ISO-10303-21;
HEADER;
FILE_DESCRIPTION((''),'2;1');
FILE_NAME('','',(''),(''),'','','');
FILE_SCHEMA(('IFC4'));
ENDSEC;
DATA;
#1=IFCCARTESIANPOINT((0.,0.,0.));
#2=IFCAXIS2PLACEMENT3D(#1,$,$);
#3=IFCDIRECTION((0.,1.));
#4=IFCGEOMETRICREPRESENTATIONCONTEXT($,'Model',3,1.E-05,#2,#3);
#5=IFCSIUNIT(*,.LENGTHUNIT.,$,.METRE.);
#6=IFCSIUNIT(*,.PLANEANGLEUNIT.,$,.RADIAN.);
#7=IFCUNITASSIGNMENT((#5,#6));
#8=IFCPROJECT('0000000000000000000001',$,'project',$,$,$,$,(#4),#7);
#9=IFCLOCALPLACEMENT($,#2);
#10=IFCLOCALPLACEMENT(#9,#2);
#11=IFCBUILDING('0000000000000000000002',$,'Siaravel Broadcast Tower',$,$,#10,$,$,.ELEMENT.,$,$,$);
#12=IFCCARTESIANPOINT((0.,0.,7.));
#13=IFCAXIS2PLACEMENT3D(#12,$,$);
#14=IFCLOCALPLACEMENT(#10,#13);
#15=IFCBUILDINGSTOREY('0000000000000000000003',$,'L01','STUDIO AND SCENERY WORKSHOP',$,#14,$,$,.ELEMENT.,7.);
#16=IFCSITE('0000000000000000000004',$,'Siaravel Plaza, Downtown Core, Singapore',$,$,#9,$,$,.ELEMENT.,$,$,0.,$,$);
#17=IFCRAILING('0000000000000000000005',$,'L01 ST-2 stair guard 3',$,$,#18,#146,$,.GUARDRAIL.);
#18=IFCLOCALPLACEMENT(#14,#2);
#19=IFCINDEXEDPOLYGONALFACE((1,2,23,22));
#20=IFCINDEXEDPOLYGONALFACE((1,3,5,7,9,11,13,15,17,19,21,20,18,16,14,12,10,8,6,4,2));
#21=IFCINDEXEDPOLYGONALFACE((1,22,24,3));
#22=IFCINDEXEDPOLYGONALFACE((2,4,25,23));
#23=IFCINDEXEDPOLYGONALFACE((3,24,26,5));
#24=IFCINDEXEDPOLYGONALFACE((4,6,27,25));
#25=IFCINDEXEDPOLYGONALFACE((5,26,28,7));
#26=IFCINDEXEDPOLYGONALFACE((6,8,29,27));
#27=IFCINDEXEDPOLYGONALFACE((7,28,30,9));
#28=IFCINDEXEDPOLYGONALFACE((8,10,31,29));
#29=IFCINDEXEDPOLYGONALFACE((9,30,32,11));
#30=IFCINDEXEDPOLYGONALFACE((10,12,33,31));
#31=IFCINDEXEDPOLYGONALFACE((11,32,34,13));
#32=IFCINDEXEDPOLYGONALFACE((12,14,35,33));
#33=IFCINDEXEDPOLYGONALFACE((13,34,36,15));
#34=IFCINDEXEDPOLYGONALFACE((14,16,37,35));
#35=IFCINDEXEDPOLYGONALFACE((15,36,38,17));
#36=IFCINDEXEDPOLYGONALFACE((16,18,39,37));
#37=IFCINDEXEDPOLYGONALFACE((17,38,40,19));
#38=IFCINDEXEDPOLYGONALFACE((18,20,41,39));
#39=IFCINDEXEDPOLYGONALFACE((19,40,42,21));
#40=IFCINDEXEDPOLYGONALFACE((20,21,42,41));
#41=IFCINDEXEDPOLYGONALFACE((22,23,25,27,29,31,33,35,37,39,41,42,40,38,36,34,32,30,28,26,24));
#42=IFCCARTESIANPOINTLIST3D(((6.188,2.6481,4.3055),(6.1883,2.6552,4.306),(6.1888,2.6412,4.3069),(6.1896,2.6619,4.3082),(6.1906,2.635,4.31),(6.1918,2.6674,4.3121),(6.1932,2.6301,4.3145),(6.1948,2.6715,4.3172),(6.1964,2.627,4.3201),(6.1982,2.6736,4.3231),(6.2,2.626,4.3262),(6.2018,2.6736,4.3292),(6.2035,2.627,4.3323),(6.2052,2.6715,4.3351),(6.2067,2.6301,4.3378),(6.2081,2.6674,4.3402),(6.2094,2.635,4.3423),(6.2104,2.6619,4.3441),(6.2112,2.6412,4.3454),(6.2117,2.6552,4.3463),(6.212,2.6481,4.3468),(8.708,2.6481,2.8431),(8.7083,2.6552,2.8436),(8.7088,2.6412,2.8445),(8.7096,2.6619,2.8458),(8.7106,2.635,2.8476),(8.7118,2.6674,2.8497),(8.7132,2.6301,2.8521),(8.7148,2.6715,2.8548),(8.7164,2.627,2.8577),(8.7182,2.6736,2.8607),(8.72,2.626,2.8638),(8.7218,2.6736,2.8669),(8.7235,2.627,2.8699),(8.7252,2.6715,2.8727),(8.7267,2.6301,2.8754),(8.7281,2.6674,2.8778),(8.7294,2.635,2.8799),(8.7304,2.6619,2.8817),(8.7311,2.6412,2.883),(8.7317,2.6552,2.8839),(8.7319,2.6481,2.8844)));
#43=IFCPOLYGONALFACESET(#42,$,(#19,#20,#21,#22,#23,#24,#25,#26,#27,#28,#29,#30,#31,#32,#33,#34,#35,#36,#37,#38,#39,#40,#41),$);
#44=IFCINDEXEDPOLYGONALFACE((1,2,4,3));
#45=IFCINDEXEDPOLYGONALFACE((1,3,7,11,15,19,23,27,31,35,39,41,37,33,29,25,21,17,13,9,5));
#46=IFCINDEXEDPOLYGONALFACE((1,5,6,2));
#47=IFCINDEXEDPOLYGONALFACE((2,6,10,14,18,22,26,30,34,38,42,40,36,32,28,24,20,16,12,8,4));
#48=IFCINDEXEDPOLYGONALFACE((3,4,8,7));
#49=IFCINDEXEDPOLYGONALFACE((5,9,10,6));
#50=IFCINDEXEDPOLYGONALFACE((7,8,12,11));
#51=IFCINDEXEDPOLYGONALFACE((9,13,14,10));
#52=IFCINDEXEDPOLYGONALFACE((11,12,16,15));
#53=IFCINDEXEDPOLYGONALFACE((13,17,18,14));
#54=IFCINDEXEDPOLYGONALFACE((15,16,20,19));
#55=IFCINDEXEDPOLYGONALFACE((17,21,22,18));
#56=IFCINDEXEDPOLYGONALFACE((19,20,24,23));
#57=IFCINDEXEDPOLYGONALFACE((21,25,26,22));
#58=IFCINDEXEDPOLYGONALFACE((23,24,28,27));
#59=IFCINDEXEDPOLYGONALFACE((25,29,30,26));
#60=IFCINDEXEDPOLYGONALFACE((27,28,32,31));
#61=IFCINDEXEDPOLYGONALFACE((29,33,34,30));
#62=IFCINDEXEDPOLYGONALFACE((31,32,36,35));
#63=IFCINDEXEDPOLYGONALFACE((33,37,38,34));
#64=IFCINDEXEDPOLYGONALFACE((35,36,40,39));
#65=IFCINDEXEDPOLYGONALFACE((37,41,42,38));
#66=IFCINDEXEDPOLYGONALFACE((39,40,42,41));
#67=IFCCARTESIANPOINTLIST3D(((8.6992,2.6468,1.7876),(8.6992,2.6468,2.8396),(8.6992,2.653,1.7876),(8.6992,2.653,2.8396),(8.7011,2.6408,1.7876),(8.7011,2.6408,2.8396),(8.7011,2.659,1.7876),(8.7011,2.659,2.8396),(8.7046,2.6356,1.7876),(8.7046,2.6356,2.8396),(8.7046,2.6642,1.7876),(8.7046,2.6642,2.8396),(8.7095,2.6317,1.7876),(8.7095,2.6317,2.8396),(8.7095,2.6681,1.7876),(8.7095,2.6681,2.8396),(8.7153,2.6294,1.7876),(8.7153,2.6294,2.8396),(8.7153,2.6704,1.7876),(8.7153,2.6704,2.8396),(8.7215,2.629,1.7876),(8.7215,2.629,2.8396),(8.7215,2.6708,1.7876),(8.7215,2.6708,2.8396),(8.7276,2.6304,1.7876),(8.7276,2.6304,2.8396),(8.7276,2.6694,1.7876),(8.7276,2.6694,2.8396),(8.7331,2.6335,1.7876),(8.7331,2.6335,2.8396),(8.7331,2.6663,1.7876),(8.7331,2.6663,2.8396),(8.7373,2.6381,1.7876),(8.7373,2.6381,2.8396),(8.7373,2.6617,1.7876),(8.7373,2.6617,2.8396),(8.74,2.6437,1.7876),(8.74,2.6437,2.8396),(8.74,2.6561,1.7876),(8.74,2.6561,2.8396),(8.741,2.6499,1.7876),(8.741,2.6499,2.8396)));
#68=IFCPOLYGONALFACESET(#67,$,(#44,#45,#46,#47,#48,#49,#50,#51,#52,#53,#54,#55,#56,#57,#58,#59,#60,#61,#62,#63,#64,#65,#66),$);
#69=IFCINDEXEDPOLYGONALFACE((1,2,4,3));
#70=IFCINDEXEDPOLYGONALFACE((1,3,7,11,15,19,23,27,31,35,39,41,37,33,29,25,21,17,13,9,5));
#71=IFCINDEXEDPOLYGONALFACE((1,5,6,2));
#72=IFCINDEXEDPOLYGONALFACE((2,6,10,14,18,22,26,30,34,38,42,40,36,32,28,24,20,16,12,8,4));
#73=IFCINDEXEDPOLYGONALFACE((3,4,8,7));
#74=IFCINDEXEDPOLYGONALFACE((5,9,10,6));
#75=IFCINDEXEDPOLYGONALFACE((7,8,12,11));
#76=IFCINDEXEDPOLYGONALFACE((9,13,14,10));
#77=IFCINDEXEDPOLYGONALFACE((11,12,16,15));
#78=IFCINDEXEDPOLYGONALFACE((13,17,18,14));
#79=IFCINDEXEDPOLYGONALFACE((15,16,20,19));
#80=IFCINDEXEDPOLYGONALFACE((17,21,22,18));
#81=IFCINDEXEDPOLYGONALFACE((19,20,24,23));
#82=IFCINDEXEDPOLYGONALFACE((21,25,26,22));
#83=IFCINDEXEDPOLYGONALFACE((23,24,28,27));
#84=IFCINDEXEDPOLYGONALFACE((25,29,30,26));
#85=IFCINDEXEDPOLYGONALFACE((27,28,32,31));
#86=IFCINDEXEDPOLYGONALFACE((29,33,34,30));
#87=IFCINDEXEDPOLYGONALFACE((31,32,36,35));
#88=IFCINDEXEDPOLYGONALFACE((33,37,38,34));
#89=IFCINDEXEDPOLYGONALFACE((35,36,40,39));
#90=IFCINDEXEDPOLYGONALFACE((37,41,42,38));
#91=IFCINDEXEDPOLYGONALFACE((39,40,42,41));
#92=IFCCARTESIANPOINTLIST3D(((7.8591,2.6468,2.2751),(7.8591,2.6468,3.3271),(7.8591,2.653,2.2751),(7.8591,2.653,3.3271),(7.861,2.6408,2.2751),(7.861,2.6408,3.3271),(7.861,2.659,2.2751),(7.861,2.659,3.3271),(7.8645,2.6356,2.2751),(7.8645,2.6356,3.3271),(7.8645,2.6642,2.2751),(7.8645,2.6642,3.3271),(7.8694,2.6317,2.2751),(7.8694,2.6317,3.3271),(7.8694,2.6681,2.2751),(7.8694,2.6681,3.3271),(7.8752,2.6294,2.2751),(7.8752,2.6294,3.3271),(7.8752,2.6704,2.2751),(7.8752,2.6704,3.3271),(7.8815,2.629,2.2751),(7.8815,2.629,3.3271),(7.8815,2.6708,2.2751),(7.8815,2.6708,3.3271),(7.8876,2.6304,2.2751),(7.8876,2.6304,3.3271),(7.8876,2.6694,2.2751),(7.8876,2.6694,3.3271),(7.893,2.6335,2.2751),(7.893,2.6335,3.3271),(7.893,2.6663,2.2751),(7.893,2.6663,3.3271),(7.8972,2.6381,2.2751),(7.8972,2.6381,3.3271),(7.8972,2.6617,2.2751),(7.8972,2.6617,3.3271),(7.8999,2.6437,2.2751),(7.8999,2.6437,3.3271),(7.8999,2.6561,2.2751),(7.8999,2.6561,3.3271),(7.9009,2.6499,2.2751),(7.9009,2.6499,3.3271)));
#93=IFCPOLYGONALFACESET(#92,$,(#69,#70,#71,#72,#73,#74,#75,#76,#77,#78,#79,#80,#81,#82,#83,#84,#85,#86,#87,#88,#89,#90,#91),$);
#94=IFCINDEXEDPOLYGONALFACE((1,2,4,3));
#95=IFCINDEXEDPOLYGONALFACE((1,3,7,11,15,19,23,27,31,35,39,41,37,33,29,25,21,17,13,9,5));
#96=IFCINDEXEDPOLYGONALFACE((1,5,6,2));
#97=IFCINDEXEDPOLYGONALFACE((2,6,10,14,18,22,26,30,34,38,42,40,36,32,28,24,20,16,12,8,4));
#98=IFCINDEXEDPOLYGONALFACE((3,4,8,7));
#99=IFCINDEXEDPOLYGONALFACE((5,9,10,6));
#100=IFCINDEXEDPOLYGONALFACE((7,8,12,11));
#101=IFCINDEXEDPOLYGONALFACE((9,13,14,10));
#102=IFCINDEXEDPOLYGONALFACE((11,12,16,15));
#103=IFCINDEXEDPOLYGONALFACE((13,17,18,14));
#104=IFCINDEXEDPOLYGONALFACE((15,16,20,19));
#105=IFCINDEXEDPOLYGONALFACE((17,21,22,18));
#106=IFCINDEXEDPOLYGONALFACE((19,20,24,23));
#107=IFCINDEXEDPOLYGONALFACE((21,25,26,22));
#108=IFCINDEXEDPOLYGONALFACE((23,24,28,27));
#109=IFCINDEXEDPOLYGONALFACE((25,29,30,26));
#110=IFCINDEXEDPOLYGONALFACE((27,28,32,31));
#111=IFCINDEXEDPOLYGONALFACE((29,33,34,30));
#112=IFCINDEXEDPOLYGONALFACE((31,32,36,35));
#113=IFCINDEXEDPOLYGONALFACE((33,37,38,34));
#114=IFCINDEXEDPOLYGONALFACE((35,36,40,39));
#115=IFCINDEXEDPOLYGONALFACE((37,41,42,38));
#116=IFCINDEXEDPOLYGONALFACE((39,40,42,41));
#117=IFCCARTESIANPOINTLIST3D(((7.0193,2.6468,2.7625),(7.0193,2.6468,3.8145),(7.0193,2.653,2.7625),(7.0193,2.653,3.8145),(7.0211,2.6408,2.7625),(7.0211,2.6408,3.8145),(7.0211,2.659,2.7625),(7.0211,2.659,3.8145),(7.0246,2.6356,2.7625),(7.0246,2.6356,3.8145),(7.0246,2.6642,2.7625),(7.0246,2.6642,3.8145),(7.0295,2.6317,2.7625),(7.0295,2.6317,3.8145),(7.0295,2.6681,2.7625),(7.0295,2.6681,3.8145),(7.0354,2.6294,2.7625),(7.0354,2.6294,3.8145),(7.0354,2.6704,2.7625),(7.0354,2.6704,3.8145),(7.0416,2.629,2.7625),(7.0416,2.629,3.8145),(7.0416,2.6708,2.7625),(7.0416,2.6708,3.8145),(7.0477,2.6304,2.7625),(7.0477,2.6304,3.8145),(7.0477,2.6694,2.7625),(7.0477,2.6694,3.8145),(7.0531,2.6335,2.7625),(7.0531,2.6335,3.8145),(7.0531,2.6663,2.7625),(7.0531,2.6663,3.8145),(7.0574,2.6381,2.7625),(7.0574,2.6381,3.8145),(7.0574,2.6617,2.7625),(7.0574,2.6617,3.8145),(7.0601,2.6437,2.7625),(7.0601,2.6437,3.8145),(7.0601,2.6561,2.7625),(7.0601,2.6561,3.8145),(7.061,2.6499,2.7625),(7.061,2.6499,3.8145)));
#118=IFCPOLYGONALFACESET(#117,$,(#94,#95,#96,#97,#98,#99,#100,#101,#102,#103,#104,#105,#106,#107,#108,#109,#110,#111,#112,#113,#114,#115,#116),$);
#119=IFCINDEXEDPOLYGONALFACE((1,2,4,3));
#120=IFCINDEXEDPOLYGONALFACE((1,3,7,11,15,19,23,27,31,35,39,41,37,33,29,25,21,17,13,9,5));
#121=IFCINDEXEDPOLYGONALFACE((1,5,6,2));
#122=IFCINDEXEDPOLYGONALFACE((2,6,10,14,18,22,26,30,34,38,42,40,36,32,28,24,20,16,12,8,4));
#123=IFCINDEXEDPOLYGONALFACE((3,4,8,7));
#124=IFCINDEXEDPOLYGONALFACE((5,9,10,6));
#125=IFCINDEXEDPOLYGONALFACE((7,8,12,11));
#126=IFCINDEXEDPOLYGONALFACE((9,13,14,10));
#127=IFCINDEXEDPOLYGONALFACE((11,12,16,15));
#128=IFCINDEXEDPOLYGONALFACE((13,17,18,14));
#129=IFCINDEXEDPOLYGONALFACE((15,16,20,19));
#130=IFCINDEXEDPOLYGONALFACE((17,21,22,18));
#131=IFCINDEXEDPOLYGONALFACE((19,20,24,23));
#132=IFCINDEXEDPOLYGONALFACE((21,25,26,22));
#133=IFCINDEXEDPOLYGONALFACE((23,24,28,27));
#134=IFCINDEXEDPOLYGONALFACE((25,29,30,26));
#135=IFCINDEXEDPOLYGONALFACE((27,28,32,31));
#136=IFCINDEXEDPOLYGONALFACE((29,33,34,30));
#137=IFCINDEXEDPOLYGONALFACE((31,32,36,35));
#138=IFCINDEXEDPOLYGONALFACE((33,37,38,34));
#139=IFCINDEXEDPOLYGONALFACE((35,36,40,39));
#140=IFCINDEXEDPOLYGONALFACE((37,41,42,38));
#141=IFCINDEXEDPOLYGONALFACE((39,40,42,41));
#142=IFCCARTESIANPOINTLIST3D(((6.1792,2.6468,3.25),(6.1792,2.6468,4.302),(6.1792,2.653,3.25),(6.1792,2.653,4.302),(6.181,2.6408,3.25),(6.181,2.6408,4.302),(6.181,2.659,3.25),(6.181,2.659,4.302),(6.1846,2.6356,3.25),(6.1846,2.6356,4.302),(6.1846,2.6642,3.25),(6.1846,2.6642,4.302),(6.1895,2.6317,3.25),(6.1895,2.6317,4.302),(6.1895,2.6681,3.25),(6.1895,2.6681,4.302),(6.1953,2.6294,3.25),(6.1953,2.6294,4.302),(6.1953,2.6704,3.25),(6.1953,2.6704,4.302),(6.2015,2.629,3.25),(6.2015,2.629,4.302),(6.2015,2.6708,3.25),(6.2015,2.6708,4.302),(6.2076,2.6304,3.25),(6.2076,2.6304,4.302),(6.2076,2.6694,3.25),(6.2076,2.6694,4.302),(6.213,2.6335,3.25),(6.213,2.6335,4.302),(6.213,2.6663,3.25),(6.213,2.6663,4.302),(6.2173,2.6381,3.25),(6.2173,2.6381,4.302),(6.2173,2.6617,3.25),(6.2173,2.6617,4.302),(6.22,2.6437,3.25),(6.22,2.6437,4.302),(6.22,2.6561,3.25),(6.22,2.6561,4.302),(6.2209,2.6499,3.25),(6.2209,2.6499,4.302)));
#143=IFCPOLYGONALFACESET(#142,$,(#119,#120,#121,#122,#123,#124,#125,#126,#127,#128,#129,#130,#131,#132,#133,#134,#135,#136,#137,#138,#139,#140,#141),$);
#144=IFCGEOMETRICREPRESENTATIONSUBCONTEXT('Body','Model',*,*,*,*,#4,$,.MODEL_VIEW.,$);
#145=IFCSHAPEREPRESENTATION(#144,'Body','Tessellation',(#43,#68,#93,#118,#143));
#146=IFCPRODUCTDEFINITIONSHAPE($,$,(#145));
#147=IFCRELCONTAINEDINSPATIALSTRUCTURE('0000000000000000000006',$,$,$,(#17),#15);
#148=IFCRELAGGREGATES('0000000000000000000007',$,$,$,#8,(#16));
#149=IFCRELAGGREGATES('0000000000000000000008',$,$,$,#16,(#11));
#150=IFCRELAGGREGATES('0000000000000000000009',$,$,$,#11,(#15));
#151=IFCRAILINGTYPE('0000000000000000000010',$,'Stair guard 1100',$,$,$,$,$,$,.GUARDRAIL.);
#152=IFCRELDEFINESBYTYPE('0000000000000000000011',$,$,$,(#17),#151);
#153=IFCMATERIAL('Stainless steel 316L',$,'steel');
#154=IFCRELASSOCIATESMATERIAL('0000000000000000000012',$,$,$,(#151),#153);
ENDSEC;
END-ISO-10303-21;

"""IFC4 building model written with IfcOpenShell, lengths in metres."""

from ifc_helpers import new_model, si_unit, direction, frame, origin, origin_2d, place, context, subcontext, project, spatial, circle, extrude, material, type_object, element, save


model = new_model("IFC4")

# Units and contexts
model_context = context("Model", 3, precision=1e-05, world=origin(), true_north=direction((0.0, 1.0)))
body_context = subcontext(model_context, "Body", "Model", "MODEL_VIEW")
ifc_project = project(units=[si_unit("LENGTHUNIT", "METRE"), si_unit("PLANEANGLEUNIT", "RADIAN")], contexts=[model_context])

# Site, building, storey
site_placement = place(None, origin())
site = spatial("IfcSite", under=ifc_project, at=site_placement, Name="Siaravel Plaza, Downtown Core, Singapore", CompositionType="ELEMENT", RefElevation=0.0)
building_placement = place(site_placement, origin())
building = spatial("IfcBuilding", under=site, at=building_placement, Name="Siaravel Broadcast Tower", CompositionType="ELEMENT")
storey_placement = place(building_placement, frame((0.0, 0.0, 7.0)))
storey = spatial("IfcBuildingStorey", under=building, at=storey_placement, Name="L01", Description="STUDIO AND SCENERY WORKSHOP", CompositionType="ELEMENT", Elevation=7.0)

# Railing
ifc_material_1 = material(Name="Stainless steel 316L", Category="steel")
railing_type_1 = type_object("IfcRailingType", Name="Stair guard 1100", PredefinedType="GUARDRAIL", material=ifc_material_1)
railing_1_placement = place(storey_placement, frame((8.72, 2.6499, 1.7876)))
element("IfcRailing", 1, at=railing_1_placement, inside=storey, type_object=railing_type_1, Name="L01 ST-2 stair guard 3", PredefinedType="GUARDRAIL", context=body_context, shape_type="SweptSolid", body=[
    extrude(circle(Radius=0.0239, at=origin_2d()), frame((0.0, 0.0, 1.0762), z_axis=(-0.864913, 0.0, 0.501921), x_axis=(0.0, -1.0, 0.0)), (0.0, 0.0, 1.0), 2.9136),
    extrude(circle(Radius=0.021, at=origin_2d()), origin(), (0.0, 0.0, 1.0), 1.052),
    extrude(circle(Radius=0.021, at=origin_2d()), frame((-0.8401, 0.0, 0.4875)), (0.0, 0.0, 1.0), 1.052),
    extrude(circle(Radius=0.021, at=origin_2d()), frame((-1.6799, 0.0, 0.9749)), (0.0, 0.0, 1.0), 1.052),
    extrude(circle(Radius=0.021, at=origin_2d()), frame((-2.52, 0.0, 1.4624)), (0.0, 0.0, 1.0), 1.052),
])

save(model, "model.ifc")
